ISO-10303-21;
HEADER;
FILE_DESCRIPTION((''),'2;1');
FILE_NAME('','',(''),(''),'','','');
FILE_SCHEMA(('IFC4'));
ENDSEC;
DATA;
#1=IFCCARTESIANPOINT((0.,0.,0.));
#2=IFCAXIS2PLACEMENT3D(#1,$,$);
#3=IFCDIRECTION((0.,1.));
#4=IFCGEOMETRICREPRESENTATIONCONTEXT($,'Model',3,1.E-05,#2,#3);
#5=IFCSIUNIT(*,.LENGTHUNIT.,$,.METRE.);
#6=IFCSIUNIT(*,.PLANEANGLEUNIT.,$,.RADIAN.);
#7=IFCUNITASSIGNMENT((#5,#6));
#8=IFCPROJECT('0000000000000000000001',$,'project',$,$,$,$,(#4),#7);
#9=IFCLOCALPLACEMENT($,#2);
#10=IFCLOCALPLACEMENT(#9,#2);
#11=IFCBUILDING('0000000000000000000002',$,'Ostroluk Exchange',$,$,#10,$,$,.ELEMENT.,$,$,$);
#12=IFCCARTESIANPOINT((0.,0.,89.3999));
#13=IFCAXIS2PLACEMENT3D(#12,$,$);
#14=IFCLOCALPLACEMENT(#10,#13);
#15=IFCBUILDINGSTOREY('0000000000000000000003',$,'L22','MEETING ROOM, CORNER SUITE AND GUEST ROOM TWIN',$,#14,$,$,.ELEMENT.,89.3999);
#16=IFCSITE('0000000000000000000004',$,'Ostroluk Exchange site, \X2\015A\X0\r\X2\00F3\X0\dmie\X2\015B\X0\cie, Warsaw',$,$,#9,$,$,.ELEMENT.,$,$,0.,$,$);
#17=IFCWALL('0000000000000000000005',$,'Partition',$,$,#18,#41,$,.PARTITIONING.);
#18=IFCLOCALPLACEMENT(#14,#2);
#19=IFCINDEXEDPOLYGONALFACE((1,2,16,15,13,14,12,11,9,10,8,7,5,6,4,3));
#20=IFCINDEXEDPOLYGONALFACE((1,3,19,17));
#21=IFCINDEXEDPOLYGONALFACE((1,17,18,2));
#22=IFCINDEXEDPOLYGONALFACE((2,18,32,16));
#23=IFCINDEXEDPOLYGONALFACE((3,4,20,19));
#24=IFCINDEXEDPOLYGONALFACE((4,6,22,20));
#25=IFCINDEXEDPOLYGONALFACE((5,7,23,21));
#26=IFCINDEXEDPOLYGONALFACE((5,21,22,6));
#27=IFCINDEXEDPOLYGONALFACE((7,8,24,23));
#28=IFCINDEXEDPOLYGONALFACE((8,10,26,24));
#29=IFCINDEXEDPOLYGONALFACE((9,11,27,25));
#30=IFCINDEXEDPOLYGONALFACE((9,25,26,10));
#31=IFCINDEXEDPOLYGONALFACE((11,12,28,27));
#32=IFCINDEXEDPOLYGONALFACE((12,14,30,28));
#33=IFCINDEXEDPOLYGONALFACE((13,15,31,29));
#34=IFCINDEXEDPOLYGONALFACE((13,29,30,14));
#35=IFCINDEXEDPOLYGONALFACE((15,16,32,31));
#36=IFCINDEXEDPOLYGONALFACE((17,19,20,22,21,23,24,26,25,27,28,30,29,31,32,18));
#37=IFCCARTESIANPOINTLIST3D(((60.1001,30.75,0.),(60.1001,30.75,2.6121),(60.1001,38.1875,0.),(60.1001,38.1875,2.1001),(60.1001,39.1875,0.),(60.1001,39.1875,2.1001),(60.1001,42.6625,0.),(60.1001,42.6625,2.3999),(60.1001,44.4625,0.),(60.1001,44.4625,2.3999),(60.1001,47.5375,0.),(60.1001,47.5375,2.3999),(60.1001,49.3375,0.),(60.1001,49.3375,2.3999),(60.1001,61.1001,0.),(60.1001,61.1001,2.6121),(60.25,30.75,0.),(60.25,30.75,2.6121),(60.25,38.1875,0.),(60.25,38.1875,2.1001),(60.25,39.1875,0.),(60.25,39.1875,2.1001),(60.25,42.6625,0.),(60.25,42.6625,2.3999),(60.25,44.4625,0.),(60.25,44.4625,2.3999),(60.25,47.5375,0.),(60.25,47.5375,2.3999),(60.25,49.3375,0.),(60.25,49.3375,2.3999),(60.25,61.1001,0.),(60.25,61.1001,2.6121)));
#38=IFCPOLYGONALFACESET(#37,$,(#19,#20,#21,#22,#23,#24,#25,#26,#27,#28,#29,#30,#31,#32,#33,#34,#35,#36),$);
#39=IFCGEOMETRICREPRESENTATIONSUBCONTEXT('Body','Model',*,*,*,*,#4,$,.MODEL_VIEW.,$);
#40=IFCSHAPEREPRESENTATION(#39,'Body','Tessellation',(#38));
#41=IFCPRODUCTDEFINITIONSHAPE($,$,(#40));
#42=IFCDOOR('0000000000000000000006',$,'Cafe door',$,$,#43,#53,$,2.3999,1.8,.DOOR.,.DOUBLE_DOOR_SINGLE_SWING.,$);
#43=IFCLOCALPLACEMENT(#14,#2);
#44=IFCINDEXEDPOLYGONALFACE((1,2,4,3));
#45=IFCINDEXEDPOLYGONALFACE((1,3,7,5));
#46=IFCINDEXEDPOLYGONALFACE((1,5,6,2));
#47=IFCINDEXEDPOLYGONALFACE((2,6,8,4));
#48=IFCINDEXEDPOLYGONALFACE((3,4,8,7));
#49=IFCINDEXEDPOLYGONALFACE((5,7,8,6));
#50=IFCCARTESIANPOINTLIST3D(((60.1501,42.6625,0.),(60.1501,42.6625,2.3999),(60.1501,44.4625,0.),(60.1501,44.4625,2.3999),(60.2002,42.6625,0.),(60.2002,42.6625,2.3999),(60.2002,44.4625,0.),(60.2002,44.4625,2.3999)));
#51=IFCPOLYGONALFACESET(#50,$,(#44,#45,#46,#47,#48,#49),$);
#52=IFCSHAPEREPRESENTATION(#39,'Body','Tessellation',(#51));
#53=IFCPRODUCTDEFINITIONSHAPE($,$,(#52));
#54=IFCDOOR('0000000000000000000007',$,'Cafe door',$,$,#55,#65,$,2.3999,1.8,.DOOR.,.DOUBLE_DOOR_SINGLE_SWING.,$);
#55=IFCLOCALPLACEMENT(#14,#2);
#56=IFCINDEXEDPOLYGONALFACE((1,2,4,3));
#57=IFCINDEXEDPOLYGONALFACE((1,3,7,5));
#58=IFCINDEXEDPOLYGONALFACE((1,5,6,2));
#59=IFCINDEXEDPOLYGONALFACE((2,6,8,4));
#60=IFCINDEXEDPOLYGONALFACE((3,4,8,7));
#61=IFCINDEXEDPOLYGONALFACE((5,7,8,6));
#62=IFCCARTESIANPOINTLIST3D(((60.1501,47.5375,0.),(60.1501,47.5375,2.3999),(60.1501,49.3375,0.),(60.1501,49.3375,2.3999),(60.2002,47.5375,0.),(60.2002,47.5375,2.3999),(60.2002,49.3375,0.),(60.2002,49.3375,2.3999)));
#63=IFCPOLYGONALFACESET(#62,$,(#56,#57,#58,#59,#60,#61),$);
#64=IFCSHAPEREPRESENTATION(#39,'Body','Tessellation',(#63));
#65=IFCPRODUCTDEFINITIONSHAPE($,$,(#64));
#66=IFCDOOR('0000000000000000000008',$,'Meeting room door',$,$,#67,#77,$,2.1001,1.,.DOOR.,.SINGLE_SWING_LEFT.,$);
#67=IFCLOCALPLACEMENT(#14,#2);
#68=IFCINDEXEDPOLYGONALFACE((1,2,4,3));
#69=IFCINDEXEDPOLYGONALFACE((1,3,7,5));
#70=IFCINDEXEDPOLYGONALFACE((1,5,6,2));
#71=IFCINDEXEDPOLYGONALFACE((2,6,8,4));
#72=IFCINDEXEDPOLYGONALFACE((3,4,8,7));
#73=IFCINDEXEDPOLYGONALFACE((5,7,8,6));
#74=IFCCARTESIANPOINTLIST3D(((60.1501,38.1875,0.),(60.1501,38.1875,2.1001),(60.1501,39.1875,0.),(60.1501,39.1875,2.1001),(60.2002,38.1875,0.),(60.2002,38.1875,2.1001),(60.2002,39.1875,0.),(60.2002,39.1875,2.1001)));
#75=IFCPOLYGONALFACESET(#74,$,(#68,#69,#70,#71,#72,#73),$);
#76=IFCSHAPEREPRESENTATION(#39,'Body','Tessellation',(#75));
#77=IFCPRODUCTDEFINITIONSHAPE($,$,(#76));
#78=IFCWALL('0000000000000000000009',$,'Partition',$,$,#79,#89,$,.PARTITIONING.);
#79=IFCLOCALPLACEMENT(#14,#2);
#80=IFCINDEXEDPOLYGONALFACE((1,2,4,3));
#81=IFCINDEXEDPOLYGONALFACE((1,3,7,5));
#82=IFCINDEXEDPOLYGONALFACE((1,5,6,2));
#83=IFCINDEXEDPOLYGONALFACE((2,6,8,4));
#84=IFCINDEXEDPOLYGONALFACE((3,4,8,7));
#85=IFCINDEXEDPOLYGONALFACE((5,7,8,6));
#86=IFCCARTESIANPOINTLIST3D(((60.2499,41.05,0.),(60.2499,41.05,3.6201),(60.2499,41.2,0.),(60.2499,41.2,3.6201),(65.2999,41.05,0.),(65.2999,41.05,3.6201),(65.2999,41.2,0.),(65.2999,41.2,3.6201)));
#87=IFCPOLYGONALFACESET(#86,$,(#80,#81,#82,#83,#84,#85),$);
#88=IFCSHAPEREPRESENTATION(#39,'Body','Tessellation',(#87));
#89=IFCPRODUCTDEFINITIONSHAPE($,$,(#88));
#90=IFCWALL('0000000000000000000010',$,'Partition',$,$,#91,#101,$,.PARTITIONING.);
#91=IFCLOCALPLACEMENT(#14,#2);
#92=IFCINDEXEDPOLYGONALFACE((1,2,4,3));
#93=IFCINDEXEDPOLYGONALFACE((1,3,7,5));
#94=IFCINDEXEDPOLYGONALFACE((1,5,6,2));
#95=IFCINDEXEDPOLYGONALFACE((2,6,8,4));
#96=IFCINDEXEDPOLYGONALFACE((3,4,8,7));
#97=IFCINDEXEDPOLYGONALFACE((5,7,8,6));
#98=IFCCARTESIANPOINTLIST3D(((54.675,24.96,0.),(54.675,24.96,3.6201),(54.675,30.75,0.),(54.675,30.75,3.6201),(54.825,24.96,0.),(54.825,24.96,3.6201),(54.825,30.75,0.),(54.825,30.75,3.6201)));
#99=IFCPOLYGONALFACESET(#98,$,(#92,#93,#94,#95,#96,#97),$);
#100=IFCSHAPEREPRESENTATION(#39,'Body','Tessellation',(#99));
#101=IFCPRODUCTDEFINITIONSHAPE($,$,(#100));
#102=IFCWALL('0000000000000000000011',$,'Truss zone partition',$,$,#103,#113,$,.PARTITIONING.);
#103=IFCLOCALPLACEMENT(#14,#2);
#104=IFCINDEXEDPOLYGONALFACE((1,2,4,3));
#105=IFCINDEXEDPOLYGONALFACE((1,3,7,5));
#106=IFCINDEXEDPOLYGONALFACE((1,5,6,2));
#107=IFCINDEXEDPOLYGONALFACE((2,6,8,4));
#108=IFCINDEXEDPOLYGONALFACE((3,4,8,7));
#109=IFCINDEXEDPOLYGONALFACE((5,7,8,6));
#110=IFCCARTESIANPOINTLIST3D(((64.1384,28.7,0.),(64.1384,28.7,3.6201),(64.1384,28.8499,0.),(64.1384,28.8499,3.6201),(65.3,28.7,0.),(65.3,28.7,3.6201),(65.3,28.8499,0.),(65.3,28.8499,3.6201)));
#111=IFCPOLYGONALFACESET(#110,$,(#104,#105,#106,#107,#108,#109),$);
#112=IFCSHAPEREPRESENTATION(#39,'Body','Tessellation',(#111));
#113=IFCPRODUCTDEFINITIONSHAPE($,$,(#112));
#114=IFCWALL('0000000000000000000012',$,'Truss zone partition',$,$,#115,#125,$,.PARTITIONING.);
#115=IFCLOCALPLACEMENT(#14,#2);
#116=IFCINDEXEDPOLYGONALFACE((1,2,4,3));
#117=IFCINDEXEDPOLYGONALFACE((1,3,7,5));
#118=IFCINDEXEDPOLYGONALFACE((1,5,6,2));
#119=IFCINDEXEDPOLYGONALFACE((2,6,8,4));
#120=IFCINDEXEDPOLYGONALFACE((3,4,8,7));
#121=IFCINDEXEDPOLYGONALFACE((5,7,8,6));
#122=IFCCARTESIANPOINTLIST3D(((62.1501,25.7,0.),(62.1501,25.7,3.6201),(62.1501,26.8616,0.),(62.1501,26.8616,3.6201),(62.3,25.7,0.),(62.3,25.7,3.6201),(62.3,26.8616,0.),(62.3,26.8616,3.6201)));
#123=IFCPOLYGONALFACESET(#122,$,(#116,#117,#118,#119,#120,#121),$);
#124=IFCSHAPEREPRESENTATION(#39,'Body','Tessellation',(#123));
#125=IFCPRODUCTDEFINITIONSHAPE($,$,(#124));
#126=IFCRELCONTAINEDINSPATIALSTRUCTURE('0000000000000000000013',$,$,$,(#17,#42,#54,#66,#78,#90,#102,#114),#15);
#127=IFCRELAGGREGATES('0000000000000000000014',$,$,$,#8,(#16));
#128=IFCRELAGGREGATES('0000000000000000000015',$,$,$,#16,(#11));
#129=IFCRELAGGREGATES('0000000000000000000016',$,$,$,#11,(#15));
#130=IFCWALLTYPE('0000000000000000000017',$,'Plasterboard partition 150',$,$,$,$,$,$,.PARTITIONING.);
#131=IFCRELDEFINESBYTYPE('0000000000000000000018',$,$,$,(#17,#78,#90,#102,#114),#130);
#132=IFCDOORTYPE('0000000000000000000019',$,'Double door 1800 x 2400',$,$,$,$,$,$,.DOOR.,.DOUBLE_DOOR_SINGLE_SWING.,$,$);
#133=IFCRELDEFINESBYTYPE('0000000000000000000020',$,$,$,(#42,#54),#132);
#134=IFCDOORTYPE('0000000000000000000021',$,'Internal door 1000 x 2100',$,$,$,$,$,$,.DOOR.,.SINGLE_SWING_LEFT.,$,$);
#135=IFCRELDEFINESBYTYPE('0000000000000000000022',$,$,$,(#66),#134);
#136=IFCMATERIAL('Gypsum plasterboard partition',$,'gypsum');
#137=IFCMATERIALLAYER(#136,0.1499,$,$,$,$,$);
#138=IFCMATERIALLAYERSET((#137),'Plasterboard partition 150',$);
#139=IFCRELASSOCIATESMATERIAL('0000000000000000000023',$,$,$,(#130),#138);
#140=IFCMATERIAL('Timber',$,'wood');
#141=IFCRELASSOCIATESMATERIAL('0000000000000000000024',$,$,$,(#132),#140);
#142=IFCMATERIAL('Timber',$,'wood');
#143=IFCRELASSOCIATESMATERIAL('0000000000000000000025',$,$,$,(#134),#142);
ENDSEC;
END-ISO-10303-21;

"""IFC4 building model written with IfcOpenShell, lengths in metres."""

from ifc_helpers import new_model, si_unit, direction, frame, frame_2d, origin, place, context, subcontext, project, spatial, rectangle, extrude, material, layer, layer_set, type_object, element, fill, save


model = new_model("IFC4")

# Units and contexts
model_context = context("Model", 3, precision=1e-05, world=origin(), true_north=direction((0.0, 1.0)))
body_context = subcontext(model_context, "Body", "Model", "MODEL_VIEW")
ifc_project = project(units=[si_unit("LENGTHUNIT", "METRE"), si_unit("PLANEANGLEUNIT", "RADIAN")], contexts=[model_context])

# Site, building, storey
site_placement = place(None, origin())
site = spatial("IfcSite", under=ifc_project, at=site_placement, Name="Ostroluk Exchange site, Śródmieście, Warsaw", CompositionType="ELEMENT", RefElevation=0.0)
building_placement = place(site_placement, origin())
building = spatial("IfcBuilding", under=site, at=building_placement, Name="Ostroluk Exchange", CompositionType="ELEMENT")
storey_placement = place(building_placement, frame((0.0, 0.0, 89.3999)))
storey = spatial("IfcBuildingStorey", under=building, at=storey_placement, Name="L22", Description="MEETING ROOM, CORNER SUITE AND GUEST ROOM TWIN", CompositionType="ELEMENT", Elevation=89.3999)

# Wall, openings, doors
ifc_material_1 = material(Name="Gypsum plasterboard partition", Category="gypsum")
ifc_layer_1 = layer(ifc_material_1, 0.1499)
ifc_layer_set_1 = layer_set([ifc_layer_1], Name="Plasterboard partition 150")
wall_type_1 = type_object("IfcWallType", Name="Plasterboard partition 150", PredefinedType="PARTITIONING", material=ifc_layer_set_1)
wall_1_placement = place(storey_placement, frame((60.175, 30.75, 0.0), z_axis=(0.0, 0.0, 1.0), x_axis=(0.0, 1.0, 0.0)))
wall_1 = element("IfcWall", 1, at=wall_1_placement, inside=storey, type_object=wall_type_1, Name="Partition", PredefinedType="PARTITIONING", context=body_context, shape_type="SweptSolid", body=[
    extrude(rectangle(XDim=30.3501, YDim=0.1499, at=frame_2d((15.175, 0.0))), origin(), (0.0, 0.0, 1.0), 2.6121),
])
opening_1_placement = place(wall_1_placement, frame((7.4375, 0.0, 0.0)))
opening_1 = element("IfcOpeningElement", 2, at=opening_1_placement, cuts=wall_1, PredefinedType="OPENING", context=body_context, shape_type="SweptSolid", body=[
    extrude(rectangle(XDim=1.0, YDim=2.1001, at=frame_2d((0.5, 1.05))), frame((0.0, 0.085, 0.0), z_axis=(0.0, -1.0, 0.0), x_axis=(1.0, 0.0, 0.0)), (0.0, 0.0, 1.0), 0.1699),
])
opening_2_placement = place(wall_1_placement, frame((11.9126, 0.0, 0.0)))
opening_2 = element("IfcOpeningElement", 3, at=opening_2_placement, cuts=wall_1, PredefinedType="OPENING", context=body_context, shape_type="SweptSolid", body=[
    extrude(rectangle(XDim=1.8, YDim=2.3999, at=frame_2d((0.8999, 1.2))), frame((0.0, 0.085, 0.0), z_axis=(0.0, -1.0, 0.0), x_axis=(1.0, 0.0, 0.0)), (0.0, 0.0, 1.0), 0.1699),
])
opening_3_placement = place(wall_1_placement, frame((16.7876, 0.0, 0.0)))
opening_3 = element("IfcOpeningElement", 4, at=opening_3_placement, cuts=wall_1, PredefinedType="OPENING", context=body_context, shape_type="SweptSolid", body=[
    extrude(rectangle(XDim=1.8, YDim=2.3999, at=frame_2d((0.8999, 1.2))), frame((0.0, 0.085, 0.0), z_axis=(0.0, -1.0, 0.0), x_axis=(1.0, 0.0, 0.0)), (0.0, 0.0, 1.0), 0.1699),
])
ifc_material_2 = material(Name="Timber", Category="wood")
door_type_1 = type_object("IfcDoorType", Name="Double door 1800 x 2400", OperationType="DOUBLE_DOOR_SINGLE_SWING", PredefinedType="DOOR", material=ifc_material_2)
door_1_placement = place(opening_2_placement, origin())
door_1 = element("IfcDoor", 5, at=door_1_placement, inside=storey, type_object=door_type_1, Name="Cafe door", OperationType="DOUBLE_DOOR_SINGLE_SWING", OverallHeight=2.3999, OverallWidth=1.8, PredefinedType="DOOR", context=body_context, shape_type="SweptSolid", body=[
    extrude(rectangle(XDim=1.8, YDim=2.3999, at=frame_2d((0.8999, 1.2))), frame((0.0, 0.0249, 0.0), z_axis=(0.0, -1.0, 0.0), x_axis=(1.0, 0.0, 0.0)), (0.0, 0.0, 1.0), 0.05),
])
fill(opening_2, door_1)
door_2_placement = place(opening_3_placement, origin())
door_2 = element("IfcDoor", 6, at=door_2_placement, inside=storey, type_object=door_type_1, Name="Cafe door", OperationType="DOUBLE_DOOR_SINGLE_SWING", OverallHeight=2.3999, OverallWidth=1.8, PredefinedType="DOOR", context=body_context, shape_type="SweptSolid", body=[
    extrude(rectangle(XDim=1.8, YDim=2.3999, at=frame_2d((0.8999, 1.2))), frame((0.0, 0.0249, 0.0), z_axis=(0.0, -1.0, 0.0), x_axis=(1.0, 0.0, 0.0)), (0.0, 0.0, 1.0), 0.05),
])
fill(opening_3, door_2)
ifc_material_3 = material(Name="Timber", Category="wood")
door_type_2 = type_object("IfcDoorType", Name="Internal door 1000 x 2100", OperationType="SINGLE_SWING_LEFT", PredefinedType="DOOR", material=ifc_material_3)
door_3_placement = place(opening_1_placement, origin())
door_3 = element("IfcDoor", 7, at=door_3_placement, inside=storey, type_object=door_type_2, Name="Meeting room door", OperationType="SINGLE_SWING_LEFT", OverallHeight=2.1001, OverallWidth=1.0, PredefinedType="DOOR", context=body_context, shape_type="SweptSolid", body=[
    extrude(rectangle(XDim=1.0, YDim=2.1001, at=frame_2d((0.5, 1.05))), frame((0.0, 0.0249, 0.0), z_axis=(0.0, -1.0, 0.0), x_axis=(1.0, 0.0, 0.0)), (0.0, 0.0, 1.0), 0.05),
])
fill(opening_1, door_3)

# Walls
wall_2_placement = place(storey_placement, frame((60.25, 41.125, 0.0), z_axis=(0.0, 0.0, 1.0), x_axis=(1.0, 0.0, 0.0)))
element("IfcWall", 8, at=wall_2_placement, inside=storey, type_object=wall_type_1, Name="Partition", PredefinedType="PARTITIONING", context=body_context, shape_type="SweptSolid", body=[
    extrude(rectangle(XDim=5.05, YDim=0.1499, at=frame_2d((2.5249, 0.0))), origin(), (0.0, 0.0, 1.0), 3.6201),
])
wall_3_placement = place(storey_placement, frame((54.75, 30.75, 0.0), z_axis=(0.0, 0.0, 1.0), x_axis=(0.0, -1.0, 0.0)))
element("IfcWall", 9, at=wall_3_placement, inside=storey, type_object=wall_type_1, Name="Partition", PredefinedType="PARTITIONING", context=body_context, shape_type="SweptSolid", body=[
    extrude(rectangle(XDim=5.79, YDim=0.1499, at=frame_2d((2.895, 0.0))), origin(), (0.0, 0.0, 1.0), 3.6201),
])
for number, where, z_axis, x_axis, name in (
    (10, (65.3, 28.7749, 0.0), (0.0, 0.0, 1.0), (-1.0, 0.0, 0.0), "Truss zone partition"),
    (11, (62.2251, 26.8616, 0.0), (0.0, 0.0, 1.0), (0.0, -1.0, 0.0), "Truss zone partition"),
):
    element("IfcWall", number, at=place(storey_placement, frame(where, z_axis=z_axis, x_axis=x_axis)), inside=storey, type_object=wall_type_1, Name=name, PredefinedType="PARTITIONING", context=body_context, shape_type="SweptSolid", body=[
        extrude(rectangle(XDim=1.1616, YDim=0.1499, at=frame_2d((0.5808, 0.0))), origin(), (0.0, 0.0, 1.0), 3.6201),
    ])

save(model, "model.ifc")
